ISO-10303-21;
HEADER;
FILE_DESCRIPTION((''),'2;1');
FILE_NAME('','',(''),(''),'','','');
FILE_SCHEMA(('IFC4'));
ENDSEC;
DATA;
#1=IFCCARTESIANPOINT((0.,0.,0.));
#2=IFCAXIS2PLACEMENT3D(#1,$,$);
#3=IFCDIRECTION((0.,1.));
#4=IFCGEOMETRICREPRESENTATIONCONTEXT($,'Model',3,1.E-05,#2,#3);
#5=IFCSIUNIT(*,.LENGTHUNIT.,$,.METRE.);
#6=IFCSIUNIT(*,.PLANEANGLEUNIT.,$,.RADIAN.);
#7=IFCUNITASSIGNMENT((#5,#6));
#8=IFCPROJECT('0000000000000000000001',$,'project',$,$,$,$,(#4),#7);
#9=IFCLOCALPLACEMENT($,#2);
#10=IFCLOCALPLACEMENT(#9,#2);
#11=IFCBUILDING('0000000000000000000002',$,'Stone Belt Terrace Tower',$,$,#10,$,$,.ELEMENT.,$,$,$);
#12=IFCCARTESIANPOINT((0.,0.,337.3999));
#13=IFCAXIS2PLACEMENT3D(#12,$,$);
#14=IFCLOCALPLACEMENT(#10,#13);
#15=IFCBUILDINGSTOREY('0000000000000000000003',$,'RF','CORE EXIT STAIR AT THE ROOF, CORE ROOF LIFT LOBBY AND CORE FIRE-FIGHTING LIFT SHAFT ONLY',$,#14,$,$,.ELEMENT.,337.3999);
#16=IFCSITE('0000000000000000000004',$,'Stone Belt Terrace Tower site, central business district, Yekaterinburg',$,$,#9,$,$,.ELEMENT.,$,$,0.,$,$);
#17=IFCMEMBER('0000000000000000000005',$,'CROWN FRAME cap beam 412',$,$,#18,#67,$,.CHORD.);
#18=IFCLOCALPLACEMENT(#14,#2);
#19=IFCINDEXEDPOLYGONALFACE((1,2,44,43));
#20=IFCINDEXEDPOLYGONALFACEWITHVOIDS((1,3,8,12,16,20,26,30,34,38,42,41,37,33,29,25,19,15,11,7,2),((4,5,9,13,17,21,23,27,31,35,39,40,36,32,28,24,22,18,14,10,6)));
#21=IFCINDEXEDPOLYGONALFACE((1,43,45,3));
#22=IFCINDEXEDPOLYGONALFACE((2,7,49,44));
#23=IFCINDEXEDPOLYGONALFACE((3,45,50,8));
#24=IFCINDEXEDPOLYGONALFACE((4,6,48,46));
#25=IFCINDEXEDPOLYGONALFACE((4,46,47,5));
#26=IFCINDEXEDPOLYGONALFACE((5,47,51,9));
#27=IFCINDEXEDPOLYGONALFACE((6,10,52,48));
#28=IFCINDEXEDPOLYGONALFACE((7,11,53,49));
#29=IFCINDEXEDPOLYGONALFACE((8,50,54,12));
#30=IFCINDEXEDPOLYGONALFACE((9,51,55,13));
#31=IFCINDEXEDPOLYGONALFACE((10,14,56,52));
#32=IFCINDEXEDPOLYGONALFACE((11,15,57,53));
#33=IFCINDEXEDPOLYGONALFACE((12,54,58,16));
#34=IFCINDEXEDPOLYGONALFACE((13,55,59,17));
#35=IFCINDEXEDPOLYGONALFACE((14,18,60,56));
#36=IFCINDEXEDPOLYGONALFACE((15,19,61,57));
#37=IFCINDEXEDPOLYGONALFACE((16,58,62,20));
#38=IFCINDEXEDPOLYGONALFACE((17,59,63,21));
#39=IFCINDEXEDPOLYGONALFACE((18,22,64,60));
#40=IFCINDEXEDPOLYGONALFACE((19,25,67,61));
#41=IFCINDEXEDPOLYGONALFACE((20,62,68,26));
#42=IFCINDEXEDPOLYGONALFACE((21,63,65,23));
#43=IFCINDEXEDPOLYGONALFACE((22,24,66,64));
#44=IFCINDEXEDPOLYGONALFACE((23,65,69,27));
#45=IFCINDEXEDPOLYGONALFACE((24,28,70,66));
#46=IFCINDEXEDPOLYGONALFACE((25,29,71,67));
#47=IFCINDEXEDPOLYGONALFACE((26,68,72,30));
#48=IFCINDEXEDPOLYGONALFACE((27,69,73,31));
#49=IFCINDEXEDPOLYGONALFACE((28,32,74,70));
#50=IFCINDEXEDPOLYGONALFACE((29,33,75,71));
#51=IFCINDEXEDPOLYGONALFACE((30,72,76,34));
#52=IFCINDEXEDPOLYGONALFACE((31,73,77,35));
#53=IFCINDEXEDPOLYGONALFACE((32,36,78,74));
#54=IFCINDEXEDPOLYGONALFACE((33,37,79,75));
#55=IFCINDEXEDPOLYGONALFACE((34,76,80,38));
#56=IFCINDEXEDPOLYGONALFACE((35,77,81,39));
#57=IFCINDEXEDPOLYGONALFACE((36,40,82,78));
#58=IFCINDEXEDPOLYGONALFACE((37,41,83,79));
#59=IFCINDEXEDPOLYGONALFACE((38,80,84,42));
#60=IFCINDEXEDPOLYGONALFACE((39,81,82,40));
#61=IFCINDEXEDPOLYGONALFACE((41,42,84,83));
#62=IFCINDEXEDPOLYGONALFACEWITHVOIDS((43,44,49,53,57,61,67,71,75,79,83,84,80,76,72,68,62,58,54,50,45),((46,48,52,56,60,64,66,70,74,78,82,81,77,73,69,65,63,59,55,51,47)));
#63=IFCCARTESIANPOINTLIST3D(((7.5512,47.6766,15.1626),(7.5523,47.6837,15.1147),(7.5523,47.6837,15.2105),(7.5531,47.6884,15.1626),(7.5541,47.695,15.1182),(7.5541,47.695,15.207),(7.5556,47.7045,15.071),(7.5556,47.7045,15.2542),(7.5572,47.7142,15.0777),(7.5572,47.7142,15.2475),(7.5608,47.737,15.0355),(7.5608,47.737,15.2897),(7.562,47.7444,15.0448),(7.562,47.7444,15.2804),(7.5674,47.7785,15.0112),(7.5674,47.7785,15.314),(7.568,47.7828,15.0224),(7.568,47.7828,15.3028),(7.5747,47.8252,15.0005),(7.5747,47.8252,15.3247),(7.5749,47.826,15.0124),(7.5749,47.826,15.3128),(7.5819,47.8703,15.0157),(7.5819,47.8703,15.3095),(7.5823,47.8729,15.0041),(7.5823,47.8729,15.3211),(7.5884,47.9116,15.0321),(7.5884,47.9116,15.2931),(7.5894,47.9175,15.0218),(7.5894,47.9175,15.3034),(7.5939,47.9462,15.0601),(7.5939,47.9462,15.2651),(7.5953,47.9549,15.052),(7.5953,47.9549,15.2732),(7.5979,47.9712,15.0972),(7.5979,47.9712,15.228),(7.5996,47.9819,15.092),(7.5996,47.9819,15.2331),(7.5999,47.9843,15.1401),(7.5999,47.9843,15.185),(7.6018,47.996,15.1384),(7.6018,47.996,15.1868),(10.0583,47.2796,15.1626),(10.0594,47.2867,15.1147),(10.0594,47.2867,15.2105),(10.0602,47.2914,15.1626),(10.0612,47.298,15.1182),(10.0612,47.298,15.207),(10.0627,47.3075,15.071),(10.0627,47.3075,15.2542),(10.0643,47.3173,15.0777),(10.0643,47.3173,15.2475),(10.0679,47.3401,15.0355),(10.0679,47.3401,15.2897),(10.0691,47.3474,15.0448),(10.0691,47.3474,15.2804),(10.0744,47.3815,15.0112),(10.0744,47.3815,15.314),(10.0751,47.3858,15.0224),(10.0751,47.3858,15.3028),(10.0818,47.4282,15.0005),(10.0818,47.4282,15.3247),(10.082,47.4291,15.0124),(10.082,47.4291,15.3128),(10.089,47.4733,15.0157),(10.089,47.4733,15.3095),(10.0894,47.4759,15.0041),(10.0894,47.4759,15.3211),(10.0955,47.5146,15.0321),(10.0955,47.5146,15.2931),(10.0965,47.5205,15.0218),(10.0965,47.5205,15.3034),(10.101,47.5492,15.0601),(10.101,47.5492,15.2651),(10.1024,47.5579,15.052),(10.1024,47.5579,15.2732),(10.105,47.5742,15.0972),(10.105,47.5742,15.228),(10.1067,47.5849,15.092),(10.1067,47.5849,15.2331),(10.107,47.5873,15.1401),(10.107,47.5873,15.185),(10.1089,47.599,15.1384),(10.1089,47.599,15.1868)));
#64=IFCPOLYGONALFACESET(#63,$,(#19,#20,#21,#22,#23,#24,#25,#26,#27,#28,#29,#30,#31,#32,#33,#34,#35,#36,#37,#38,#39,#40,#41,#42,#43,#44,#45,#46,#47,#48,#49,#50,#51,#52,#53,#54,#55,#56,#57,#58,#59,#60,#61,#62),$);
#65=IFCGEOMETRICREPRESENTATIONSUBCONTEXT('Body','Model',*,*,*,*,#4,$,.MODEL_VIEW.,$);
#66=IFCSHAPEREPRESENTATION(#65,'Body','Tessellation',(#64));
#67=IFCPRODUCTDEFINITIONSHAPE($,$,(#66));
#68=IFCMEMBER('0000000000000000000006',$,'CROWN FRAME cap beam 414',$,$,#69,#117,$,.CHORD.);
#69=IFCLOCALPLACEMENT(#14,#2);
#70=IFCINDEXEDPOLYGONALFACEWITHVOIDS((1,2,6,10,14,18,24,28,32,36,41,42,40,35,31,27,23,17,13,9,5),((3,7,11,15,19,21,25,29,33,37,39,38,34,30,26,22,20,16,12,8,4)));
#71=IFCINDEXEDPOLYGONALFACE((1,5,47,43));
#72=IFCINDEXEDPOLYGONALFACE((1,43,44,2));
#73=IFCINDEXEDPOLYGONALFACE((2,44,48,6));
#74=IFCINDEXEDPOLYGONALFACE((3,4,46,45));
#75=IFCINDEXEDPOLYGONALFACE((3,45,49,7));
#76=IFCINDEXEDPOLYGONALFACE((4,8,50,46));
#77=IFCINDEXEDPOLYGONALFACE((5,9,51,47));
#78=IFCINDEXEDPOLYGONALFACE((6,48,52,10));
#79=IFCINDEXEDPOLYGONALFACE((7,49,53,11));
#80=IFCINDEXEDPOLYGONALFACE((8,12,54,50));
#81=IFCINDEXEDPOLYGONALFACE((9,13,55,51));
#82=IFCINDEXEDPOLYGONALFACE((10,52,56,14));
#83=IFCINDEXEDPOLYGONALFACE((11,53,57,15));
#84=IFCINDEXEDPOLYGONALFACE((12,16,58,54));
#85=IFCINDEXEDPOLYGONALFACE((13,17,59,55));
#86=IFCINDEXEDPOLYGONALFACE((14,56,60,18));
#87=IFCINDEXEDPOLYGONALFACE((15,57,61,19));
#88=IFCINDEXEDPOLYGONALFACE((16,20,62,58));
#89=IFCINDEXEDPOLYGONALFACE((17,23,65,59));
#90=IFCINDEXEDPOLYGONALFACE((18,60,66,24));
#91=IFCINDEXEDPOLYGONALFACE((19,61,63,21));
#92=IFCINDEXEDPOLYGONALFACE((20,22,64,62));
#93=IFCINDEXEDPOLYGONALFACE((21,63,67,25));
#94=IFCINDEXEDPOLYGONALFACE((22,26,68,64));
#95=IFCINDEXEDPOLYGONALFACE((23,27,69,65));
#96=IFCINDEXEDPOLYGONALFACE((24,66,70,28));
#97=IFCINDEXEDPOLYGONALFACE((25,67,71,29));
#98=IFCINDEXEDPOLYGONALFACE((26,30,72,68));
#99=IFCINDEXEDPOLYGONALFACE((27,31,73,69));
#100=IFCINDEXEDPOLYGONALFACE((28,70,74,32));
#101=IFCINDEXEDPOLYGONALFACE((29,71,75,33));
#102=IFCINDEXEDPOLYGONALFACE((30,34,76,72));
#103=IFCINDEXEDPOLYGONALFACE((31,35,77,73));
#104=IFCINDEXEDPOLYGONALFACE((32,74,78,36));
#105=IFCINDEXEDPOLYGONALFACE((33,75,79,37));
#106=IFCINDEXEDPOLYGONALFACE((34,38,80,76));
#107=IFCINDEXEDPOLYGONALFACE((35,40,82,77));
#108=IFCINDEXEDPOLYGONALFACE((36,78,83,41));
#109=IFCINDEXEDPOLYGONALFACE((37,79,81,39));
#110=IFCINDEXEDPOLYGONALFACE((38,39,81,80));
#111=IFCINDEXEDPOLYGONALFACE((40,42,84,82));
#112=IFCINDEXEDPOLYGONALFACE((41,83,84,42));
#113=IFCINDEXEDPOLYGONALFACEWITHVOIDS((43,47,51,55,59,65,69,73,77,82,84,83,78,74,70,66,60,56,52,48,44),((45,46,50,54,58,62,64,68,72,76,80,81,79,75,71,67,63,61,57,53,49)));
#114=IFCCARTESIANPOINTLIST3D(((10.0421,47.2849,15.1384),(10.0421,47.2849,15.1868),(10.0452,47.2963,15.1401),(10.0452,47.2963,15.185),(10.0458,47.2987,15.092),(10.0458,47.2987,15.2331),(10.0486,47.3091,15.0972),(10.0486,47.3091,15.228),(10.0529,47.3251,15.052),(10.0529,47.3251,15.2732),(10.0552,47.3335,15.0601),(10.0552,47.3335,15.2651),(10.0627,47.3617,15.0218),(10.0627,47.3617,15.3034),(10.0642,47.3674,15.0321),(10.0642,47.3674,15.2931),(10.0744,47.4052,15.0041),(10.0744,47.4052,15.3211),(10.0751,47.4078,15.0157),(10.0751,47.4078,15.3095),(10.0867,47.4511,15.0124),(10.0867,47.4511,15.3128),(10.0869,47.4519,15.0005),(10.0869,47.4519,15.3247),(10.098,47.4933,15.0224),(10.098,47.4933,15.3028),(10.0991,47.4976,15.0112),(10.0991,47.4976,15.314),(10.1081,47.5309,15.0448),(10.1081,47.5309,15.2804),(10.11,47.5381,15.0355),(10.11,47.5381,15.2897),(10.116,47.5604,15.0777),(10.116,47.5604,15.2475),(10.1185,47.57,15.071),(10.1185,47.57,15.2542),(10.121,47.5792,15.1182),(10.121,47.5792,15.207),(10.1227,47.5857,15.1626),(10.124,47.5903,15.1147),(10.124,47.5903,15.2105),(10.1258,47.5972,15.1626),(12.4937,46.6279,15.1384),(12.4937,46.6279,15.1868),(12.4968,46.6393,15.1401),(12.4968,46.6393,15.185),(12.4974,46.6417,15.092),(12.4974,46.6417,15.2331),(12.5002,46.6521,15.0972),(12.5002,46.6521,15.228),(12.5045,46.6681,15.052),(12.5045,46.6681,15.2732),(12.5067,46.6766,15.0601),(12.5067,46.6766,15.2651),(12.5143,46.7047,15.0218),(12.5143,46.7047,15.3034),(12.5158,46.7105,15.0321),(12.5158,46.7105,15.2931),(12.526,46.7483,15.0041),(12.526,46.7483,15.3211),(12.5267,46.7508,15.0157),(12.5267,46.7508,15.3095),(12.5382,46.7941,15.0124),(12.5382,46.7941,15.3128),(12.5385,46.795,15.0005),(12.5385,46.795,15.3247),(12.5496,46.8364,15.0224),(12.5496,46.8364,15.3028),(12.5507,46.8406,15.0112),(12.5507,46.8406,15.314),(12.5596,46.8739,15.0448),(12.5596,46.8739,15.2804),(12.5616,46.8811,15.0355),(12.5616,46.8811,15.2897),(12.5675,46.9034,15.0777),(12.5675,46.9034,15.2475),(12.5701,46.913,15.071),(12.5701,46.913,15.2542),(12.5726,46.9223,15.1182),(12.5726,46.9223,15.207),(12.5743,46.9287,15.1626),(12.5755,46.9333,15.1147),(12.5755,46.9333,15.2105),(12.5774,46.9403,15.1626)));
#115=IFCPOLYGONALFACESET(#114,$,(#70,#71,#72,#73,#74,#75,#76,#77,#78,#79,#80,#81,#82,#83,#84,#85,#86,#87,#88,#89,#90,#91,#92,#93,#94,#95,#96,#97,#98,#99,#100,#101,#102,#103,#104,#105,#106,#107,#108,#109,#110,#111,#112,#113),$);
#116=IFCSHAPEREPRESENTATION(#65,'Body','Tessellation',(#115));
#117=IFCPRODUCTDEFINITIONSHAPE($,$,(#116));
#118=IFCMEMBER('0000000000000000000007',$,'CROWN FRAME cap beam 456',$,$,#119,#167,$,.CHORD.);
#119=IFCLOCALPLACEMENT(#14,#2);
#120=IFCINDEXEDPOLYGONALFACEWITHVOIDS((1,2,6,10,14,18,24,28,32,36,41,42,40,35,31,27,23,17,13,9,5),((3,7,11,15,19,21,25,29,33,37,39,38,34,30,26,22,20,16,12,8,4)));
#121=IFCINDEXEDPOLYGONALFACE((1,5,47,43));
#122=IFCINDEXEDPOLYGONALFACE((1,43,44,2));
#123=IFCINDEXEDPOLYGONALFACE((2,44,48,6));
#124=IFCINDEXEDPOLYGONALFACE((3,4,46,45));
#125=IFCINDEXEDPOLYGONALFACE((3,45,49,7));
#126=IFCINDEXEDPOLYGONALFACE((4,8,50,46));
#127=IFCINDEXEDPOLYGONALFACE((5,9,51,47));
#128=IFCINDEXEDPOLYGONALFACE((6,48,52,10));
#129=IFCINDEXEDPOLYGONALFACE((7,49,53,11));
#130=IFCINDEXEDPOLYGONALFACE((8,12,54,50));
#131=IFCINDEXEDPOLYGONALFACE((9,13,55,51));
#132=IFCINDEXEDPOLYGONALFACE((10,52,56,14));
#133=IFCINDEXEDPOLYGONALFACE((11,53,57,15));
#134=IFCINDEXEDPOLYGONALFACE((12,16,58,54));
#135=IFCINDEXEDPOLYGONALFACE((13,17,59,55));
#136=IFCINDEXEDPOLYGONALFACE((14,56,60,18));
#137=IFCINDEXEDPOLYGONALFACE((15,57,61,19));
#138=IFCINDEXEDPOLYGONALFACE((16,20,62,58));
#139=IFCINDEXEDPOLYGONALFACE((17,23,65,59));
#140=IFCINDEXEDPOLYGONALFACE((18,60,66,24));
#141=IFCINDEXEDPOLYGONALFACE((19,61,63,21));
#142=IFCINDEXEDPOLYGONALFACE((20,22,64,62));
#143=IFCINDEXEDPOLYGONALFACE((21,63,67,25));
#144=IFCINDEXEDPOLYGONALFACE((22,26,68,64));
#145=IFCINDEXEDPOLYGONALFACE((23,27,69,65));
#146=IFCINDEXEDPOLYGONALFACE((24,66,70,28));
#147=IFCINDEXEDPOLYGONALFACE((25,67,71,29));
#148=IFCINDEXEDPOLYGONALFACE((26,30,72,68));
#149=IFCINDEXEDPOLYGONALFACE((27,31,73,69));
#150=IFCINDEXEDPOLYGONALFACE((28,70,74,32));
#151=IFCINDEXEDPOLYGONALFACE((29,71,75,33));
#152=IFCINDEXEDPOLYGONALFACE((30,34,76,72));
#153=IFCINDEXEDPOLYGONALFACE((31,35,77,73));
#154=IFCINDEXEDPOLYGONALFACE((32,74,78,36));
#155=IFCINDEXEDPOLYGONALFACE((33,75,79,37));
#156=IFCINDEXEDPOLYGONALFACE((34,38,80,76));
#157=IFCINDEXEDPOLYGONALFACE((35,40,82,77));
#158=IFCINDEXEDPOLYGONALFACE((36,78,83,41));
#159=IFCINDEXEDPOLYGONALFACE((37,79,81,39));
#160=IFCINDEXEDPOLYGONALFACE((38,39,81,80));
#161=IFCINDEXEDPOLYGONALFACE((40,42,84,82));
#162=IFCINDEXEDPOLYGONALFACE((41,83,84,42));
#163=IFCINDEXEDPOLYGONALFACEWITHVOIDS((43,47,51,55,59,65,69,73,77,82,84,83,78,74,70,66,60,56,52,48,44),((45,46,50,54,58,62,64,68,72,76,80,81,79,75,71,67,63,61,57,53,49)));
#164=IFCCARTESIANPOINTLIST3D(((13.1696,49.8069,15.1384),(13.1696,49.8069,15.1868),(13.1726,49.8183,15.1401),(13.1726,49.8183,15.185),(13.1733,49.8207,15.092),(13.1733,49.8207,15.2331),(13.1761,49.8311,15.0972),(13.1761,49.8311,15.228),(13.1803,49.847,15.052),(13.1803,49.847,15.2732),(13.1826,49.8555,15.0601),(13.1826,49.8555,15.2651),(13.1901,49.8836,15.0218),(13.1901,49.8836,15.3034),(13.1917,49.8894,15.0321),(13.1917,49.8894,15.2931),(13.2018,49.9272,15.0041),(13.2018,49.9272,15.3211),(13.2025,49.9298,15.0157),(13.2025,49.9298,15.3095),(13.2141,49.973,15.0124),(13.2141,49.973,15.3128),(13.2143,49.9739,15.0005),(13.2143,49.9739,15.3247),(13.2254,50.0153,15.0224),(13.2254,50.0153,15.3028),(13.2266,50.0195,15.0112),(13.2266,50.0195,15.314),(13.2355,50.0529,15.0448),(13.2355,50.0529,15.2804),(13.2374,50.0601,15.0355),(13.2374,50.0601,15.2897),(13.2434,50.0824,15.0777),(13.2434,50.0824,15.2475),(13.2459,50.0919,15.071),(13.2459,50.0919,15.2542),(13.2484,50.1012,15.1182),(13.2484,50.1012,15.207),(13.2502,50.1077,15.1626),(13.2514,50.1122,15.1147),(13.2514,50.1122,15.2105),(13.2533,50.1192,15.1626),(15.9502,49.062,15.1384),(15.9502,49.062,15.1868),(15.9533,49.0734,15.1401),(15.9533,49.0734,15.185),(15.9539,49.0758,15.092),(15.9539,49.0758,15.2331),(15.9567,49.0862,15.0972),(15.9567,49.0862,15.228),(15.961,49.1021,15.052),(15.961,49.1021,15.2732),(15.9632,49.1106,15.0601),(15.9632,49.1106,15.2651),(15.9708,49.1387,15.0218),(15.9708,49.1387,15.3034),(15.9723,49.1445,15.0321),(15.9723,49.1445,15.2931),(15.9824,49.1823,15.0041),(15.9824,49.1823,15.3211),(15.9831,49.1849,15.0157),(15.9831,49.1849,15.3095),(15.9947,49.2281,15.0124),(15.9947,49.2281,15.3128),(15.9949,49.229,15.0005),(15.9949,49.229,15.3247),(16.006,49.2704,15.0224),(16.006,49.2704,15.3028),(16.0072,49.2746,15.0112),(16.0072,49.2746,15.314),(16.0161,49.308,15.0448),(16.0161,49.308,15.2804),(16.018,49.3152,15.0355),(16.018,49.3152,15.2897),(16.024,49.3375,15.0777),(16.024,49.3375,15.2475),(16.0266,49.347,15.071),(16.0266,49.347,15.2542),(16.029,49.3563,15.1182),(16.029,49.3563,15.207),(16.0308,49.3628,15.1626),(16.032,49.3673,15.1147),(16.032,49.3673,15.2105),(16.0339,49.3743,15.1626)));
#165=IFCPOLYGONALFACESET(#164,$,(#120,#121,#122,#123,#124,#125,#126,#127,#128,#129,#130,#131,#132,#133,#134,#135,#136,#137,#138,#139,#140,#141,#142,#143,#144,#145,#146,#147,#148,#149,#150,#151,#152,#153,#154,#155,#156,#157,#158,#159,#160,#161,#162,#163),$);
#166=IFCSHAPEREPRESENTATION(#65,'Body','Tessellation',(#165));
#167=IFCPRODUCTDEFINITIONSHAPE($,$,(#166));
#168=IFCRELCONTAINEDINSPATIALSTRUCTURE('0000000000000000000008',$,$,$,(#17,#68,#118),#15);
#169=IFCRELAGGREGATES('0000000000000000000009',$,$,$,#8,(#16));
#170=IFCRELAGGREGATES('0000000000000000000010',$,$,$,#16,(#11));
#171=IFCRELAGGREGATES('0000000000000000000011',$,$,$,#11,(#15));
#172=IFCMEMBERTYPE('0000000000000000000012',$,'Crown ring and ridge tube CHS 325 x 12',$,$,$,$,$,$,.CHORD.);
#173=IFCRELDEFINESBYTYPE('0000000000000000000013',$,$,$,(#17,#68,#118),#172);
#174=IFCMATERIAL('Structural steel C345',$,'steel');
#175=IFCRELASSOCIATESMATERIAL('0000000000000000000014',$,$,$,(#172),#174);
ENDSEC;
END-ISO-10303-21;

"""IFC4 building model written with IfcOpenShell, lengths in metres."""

from ifc_helpers import new_model, si_unit, direction, frame, origin, origin_2d, place, context, subcontext, project, spatial, hollow_circle, extrude, material, material_profile, profile_set, type_object, element, save


model = new_model("IFC4")

# Units and contexts
model_context = context("Model", 3, precision=1e-05, world=origin(), true_north=direction((0.0, 1.0)))
body_context = subcontext(model_context, "Body", "Model", "MODEL_VIEW")
ifc_project = project(units=[si_unit("LENGTHUNIT", "METRE"), si_unit("PLANEANGLEUNIT", "RADIAN")], contexts=[model_context])

# Site, building, storey
site_placement = place(None, origin())
site = spatial("IfcSite", under=ifc_project, at=site_placement, Name="Stone Belt Terrace Tower site, central business district, Yekaterinburg", CompositionType="ELEMENT", RefElevation=0.0)
building_placement = place(site_placement, origin())
building = spatial("IfcBuilding", under=site, at=building_placement, Name="Stone Belt Terrace Tower", CompositionType="ELEMENT")
storey_placement = place(building_placement, frame((0.0, 0.0, 337.3999)))
storey = spatial("IfcBuildingStorey", under=building, at=storey_placement, Name="RF", Description="CORE EXIT STAIR AT THE ROOF, CORE ROOF LIFT LOBBY AND CORE FIRE-FIGHTING LIFT SHAFT ONLY", CompositionType="ELEMENT", Elevation=337.3999)

# Members
ifc_material_1 = material(Name="Structural steel C345", Category="steel")
ifc_material_profile_1 = material_profile(ifc_material_1, hollow_circle(Radius=0.1626, WallThickness=0.012, at=origin_2d()), Name="Structural steel C345 CHS 325x12")
ifc_profile_set_1 = profile_set([ifc_material_profile_1], Name="Structural steel C345")
member_type_1 = type_object("IfcMemberType", Name="Crown ring and ridge tube CHS 325 x 12", PredefinedType="CHORD", material=ifc_profile_set_1)
member_1_placement = place(storey_placement, frame((10.0837, 47.4402, 15.1626), z_axis=(-0.987695, 0.156392, 0.0), x_axis=(-0.156392, -0.987695, 0.0)))
element("IfcMember", 1, at=member_1_placement, inside=storey, type_object=member_type_1, Name="CROWN FRAME cap beam 412", PredefinedType="CHORD", context=body_context, shape_type="SweptSolid", body=[
    extrude(hollow_circle(Radius=0.1626, WallThickness=0.012, at=origin_2d()), origin(), (0.0, 0.0, 1.0), 2.5383),
])
member_2_placement = place(storey_placement, frame((10.0837, 47.4402, 15.1626), z_axis=(0.96592, -0.258842, 0.0), x_axis=(0.258842, 0.96592, 0.0)))
element("IfcMember", 2, at=member_2_placement, inside=storey, type_object=member_type_1, Name="CROWN FRAME cap beam 414", PredefinedType="CHORD", context=body_context, shape_type="SweptSolid", body=[
    extrude(hollow_circle(Radius=0.1626, WallThickness=0.012, at=origin_2d()), origin(), (0.0, 0.0, 1.0), 2.5381),
])
member_3_placement = place(storey_placement, frame((13.2112, 49.9622, 15.1626), z_axis=(0.96594, -0.258766, 0.0), x_axis=(0.258766, 0.96594, 0.0)))
element("IfcMember", 3, at=member_3_placement, inside=storey, type_object=member_type_1, Name="CROWN FRAME cap beam 456", PredefinedType="CHORD", context=body_context, shape_type="SweptSolid", body=[
    extrude(hollow_circle(Radius=0.1626, WallThickness=0.012, at=origin_2d()), origin(), (0.0, 0.0, 1.0), 2.8787),
])

save(model, "model.ifc")
